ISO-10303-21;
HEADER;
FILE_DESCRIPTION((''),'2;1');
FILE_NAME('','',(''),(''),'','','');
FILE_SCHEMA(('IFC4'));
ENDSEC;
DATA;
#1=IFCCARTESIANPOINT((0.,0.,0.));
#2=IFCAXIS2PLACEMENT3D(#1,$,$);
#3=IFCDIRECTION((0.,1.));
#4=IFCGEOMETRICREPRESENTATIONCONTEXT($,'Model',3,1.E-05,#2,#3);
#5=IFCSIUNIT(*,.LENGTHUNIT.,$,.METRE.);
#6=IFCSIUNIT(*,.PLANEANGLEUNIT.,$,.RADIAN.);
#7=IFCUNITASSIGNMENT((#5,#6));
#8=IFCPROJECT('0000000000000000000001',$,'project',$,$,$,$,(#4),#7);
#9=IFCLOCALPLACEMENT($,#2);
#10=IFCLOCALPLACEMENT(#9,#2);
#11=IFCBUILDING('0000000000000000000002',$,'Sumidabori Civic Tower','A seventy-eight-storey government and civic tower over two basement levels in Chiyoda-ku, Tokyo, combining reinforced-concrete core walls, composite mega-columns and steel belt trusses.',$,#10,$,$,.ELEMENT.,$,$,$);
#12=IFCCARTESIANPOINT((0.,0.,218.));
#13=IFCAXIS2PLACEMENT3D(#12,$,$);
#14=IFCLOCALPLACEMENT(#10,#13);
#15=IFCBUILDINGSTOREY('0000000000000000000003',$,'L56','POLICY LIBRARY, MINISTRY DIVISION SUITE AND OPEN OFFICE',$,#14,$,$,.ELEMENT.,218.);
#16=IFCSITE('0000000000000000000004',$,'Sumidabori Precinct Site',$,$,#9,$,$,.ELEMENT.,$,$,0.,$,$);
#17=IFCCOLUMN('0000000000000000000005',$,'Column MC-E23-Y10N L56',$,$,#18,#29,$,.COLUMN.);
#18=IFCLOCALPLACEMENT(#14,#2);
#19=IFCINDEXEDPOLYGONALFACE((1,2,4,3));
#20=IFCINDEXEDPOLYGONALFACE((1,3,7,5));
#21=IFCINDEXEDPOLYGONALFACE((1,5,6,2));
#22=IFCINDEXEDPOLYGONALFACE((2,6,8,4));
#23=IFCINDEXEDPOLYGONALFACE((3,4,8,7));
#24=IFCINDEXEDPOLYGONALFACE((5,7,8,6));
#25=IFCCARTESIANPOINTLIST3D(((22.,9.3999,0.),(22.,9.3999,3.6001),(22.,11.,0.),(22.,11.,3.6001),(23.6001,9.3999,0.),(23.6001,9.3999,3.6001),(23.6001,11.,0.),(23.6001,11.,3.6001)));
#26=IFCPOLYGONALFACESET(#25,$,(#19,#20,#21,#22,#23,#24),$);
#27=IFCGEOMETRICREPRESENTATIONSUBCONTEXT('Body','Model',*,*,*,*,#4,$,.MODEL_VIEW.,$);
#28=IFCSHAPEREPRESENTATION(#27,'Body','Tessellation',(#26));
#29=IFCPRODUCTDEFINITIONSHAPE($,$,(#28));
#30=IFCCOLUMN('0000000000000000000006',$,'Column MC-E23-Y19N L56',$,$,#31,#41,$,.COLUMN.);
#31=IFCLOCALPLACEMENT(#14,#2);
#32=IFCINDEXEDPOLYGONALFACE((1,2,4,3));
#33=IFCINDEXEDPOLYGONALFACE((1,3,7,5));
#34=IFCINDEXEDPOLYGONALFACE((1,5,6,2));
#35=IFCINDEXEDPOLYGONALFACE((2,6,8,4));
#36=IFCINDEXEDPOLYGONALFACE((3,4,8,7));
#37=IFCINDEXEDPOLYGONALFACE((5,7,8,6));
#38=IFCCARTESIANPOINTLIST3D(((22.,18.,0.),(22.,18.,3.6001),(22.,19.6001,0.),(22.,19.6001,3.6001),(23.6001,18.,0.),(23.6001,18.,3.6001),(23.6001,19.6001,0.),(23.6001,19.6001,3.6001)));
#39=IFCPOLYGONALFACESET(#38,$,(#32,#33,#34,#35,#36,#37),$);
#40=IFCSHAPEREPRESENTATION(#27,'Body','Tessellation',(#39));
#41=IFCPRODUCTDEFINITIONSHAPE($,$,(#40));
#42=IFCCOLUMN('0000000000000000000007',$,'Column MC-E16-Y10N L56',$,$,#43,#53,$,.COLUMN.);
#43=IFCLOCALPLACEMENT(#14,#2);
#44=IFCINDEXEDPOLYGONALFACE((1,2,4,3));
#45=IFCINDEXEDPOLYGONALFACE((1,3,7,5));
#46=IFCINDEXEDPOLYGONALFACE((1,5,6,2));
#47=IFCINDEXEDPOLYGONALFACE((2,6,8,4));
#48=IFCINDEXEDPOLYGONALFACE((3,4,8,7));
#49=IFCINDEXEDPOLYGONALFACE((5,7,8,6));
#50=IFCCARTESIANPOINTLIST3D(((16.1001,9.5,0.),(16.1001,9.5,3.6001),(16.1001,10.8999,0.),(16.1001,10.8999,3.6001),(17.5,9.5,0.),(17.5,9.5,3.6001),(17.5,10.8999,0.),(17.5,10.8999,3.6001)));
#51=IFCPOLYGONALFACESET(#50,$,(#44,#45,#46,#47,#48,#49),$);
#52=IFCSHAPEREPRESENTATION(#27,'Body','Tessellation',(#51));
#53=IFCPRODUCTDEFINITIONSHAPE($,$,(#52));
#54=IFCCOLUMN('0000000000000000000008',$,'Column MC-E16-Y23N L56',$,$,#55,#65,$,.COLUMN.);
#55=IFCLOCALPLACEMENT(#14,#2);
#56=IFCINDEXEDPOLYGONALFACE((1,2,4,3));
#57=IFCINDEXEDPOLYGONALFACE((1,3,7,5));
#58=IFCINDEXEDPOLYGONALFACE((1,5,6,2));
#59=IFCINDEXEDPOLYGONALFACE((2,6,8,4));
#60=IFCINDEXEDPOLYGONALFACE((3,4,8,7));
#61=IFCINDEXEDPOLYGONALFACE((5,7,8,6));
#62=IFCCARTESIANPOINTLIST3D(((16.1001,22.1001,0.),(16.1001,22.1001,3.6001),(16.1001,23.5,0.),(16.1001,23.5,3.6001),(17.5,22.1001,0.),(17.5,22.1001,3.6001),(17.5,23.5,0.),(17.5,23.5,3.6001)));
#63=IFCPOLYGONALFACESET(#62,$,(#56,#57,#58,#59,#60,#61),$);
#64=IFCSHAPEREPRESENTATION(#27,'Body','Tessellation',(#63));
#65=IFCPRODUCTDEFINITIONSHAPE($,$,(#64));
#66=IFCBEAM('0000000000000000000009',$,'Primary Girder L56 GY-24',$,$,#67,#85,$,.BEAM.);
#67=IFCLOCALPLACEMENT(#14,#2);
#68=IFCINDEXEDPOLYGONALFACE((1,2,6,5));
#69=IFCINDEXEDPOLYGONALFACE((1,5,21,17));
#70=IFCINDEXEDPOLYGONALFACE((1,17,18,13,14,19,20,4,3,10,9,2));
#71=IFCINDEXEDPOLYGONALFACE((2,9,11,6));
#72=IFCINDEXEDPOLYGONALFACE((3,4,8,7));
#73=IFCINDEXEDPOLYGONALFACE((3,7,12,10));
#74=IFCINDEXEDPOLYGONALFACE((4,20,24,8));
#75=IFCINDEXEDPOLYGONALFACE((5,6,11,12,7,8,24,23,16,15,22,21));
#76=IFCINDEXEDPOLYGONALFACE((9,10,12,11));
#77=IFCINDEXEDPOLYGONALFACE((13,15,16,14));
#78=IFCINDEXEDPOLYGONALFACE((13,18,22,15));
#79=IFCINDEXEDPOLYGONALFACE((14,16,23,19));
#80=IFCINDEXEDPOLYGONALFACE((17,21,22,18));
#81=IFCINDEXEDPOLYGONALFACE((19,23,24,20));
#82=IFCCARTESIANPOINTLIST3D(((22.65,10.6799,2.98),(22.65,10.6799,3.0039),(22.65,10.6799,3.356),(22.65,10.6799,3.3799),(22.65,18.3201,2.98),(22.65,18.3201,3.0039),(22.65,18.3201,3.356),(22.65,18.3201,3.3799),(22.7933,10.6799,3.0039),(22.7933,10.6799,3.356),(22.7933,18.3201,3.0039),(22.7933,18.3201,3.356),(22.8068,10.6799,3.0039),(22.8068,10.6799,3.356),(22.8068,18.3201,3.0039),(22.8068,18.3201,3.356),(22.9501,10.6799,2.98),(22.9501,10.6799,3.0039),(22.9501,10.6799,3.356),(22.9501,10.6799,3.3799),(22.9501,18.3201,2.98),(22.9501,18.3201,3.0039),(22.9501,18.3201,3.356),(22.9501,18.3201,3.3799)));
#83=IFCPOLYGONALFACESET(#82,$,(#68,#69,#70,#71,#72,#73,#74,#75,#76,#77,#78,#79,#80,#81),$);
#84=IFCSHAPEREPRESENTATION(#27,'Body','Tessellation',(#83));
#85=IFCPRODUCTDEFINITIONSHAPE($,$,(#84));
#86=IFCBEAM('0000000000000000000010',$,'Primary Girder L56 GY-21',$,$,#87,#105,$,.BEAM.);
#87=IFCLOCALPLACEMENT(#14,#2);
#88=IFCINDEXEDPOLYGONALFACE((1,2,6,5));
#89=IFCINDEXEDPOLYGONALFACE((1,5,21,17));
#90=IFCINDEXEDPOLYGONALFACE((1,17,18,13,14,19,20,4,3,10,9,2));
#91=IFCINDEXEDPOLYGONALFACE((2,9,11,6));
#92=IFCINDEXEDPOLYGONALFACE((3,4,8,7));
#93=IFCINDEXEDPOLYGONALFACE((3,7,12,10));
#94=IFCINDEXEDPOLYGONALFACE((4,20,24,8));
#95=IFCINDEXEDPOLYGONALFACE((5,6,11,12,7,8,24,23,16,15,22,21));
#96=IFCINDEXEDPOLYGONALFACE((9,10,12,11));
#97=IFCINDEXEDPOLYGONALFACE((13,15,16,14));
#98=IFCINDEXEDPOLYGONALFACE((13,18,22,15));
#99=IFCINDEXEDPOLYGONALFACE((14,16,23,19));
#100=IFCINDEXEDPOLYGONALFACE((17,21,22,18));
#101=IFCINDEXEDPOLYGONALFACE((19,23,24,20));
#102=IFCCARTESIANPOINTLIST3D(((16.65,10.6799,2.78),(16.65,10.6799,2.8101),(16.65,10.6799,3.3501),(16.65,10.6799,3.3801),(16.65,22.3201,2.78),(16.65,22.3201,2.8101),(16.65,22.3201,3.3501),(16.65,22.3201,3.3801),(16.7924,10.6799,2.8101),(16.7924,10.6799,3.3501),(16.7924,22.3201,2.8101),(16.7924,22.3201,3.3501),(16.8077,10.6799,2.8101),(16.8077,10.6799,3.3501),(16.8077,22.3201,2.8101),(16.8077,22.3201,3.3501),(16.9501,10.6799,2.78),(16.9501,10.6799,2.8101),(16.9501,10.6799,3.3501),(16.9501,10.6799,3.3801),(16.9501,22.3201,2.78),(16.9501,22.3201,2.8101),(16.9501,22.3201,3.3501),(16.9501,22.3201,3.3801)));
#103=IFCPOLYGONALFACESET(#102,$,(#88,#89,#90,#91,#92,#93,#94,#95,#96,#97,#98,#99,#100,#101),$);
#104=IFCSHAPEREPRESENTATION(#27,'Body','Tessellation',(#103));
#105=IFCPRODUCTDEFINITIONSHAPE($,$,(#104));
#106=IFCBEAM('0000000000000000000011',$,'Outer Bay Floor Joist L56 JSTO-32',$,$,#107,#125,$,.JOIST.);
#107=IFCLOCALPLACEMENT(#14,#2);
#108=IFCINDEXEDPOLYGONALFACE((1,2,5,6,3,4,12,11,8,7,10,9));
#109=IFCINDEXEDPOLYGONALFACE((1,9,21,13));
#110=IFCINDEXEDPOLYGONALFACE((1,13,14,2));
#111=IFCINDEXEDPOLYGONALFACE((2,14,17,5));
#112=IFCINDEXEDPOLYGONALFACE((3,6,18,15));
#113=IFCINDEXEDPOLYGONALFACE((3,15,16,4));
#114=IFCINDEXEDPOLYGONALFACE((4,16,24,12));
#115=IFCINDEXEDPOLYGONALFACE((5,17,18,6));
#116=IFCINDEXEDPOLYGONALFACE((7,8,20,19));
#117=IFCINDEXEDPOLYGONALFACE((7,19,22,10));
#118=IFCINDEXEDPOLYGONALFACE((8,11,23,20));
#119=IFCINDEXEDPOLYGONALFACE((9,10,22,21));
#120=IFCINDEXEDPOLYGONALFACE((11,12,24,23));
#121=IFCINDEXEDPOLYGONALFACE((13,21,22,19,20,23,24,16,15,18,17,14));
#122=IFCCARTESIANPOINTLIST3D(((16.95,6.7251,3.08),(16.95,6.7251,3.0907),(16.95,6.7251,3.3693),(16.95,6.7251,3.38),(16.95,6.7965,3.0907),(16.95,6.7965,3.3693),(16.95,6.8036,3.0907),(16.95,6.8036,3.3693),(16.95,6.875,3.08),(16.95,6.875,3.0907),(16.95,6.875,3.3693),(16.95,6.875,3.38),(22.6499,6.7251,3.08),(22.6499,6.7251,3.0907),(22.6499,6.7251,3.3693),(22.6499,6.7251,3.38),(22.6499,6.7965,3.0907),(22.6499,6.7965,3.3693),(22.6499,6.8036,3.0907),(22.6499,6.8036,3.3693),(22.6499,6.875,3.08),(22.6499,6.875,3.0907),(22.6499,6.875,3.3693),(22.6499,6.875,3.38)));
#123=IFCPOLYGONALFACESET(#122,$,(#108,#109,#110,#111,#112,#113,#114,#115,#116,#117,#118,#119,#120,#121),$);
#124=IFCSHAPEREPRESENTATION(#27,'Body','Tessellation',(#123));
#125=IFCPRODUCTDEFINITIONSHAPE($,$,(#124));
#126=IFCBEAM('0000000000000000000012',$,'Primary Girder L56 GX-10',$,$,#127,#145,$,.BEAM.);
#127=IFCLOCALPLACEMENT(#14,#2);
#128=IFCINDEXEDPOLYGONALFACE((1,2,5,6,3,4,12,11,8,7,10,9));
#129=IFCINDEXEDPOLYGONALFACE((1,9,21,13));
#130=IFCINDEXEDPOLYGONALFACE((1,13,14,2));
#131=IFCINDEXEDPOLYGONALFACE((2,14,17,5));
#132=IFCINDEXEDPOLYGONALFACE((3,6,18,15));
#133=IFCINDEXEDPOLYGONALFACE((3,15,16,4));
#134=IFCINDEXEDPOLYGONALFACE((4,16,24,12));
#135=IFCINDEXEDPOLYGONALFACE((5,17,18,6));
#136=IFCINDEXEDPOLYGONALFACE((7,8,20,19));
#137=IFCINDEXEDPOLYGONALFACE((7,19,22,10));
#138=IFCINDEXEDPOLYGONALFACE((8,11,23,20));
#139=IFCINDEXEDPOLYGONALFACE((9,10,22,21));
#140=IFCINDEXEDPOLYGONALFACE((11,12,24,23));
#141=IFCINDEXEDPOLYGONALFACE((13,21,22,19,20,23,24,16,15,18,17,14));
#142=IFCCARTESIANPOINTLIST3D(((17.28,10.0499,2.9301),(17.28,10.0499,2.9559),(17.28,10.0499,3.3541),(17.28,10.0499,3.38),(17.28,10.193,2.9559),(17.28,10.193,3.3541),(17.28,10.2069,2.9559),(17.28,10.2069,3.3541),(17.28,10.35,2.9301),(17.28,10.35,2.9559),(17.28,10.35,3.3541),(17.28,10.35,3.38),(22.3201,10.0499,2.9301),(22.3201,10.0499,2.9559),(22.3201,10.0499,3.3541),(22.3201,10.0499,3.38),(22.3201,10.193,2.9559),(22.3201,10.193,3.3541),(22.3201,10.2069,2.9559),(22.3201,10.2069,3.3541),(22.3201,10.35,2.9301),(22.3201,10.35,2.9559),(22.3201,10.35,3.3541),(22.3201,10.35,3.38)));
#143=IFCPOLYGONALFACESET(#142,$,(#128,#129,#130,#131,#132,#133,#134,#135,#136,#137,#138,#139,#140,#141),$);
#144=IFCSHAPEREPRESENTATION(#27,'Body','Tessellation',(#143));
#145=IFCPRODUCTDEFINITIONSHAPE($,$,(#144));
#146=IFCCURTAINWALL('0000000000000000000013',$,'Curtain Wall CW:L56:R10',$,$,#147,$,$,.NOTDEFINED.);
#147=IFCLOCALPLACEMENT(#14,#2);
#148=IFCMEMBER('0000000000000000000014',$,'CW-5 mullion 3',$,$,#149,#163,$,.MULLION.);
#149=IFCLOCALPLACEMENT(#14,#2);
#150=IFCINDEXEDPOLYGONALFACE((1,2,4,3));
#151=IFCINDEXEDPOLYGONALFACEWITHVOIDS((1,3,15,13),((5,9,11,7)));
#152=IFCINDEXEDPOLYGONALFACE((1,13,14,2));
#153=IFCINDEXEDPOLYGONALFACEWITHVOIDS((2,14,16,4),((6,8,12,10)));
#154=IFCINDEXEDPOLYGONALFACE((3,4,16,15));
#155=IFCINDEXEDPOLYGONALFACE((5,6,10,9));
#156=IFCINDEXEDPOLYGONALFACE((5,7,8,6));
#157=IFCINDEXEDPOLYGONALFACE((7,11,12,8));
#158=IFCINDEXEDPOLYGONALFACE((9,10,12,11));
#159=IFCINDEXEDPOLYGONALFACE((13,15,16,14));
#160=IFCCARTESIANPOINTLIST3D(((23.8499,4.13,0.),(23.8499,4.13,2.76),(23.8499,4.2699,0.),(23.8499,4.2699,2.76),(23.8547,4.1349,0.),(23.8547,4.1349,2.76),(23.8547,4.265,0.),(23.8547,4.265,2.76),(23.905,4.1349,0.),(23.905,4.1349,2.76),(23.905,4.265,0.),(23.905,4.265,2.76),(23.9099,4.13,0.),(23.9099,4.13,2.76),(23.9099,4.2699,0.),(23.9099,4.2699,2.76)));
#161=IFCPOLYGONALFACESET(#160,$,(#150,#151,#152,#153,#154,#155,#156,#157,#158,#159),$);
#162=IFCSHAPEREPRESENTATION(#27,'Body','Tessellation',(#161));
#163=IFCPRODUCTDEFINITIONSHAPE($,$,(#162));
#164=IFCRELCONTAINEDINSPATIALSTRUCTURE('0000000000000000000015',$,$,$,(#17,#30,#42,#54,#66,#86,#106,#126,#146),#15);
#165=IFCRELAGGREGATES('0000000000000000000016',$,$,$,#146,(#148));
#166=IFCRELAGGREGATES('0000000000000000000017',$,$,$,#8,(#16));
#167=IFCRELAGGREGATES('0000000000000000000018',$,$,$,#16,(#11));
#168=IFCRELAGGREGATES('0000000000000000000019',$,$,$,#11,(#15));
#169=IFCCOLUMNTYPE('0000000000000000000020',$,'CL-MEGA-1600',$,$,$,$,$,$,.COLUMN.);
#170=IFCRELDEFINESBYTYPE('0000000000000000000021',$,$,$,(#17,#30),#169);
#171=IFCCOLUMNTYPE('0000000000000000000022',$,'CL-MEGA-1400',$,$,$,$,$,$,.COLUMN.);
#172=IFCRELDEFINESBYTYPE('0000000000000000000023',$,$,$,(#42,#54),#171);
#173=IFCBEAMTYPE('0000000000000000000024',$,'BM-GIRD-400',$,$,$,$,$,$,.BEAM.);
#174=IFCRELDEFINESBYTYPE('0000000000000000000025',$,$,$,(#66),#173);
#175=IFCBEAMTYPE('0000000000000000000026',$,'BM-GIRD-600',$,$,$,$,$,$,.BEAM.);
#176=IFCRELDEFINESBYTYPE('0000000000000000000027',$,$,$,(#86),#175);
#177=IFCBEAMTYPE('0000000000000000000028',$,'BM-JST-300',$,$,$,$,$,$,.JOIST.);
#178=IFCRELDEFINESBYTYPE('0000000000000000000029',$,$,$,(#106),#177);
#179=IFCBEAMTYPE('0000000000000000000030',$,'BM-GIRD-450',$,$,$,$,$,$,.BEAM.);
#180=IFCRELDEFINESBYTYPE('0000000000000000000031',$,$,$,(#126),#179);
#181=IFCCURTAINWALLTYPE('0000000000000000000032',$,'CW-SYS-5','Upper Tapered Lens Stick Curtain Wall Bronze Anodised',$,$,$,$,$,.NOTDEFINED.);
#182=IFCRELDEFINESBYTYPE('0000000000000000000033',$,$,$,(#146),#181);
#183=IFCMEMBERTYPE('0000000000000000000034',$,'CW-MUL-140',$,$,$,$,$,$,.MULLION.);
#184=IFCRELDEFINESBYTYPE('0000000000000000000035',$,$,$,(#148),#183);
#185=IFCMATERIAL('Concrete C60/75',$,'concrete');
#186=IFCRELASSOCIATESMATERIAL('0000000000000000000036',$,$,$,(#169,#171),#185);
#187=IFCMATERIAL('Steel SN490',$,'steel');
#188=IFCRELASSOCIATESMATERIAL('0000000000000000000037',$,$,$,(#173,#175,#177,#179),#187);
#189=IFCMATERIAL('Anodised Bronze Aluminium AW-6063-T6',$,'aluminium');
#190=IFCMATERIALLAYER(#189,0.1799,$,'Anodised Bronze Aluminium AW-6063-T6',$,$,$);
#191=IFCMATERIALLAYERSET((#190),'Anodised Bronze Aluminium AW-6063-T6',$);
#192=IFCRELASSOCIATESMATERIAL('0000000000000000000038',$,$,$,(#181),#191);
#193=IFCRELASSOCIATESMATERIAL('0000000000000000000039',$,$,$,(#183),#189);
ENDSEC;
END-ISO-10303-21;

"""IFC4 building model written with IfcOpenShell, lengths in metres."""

from ifc_helpers import new_model, si_unit, direction, frame, origin, origin_2d, place, context, subcontext, project, spatial, rectangle, hollow_rectangle, i_section, extrude, source, transform, mapped, material, layer, layer_set, material_profile, profile_set, type_object, element, aggregate, save


model = new_model("IFC4")

# Units and contexts
model_context = context("Model", 3, precision=1e-05, world=origin(), true_north=direction((0.0, 1.0)))
body_context = subcontext(model_context, "Body", "Model", "MODEL_VIEW")
ifc_project = project(units=[si_unit("LENGTHUNIT", "METRE"), si_unit("PLANEANGLEUNIT", "RADIAN")], contexts=[model_context])

# Site, building, storey
site_placement = place(None, origin())
site = spatial("IfcSite", under=ifc_project, at=site_placement, Name="Sumidabori Precinct Site", CompositionType="ELEMENT", RefElevation=0.0)
building_placement = place(site_placement, origin())
building = spatial("IfcBuilding", under=site, at=building_placement, Name="Sumidabori Civic Tower", Description="A seventy-eight-storey government and civic tower over two basement levels in Chiyoda-ku, Tokyo, combining reinforced-concrete core walls, composite mega-columns and steel belt trusses.", CompositionType="ELEMENT")
storey_placement = place(building_placement, frame((0.0, 0.0, 218.0)))
storey = spatial("IfcBuildingStorey", under=building, at=storey_placement, Name="L56", Description="POLICY LIBRARY, MINISTRY DIVISION SUITE AND OPEN OFFICE", CompositionType="ELEMENT", Elevation=218.0)

# Columns
ifc_material_1 = material(Name="Concrete C60/75", Category="concrete")
ifc_material_profile_1 = material_profile(ifc_material_1, rectangle(XDim=1.6001, YDim=1.6001, at=origin_2d()), Name="RC 1600x1600")
ifc_profile_set_1 = profile_set([ifc_material_profile_1], Name="Concrete C60/75")
column_type_1 = type_object("IfcColumnType", Name="CL-MEGA-1600", PredefinedType="COLUMN", material=ifc_profile_set_1)
shared_shape_1 = source(origin(), body_context, "Body", "SweptSolid", [
    extrude(rectangle(XDim=1.6001, YDim=1.6001, at=origin_2d()), origin(), (0.0, 0.0, 1.0), 3.6001),
])
for number, where, z_axis, x_axis, name in (
    (1, (22.8, 10.2, 0.0), (0.0, 0.0, 1.0), (1.0, 0.0, 0.0), "Column MC-E23-Y10N L56"),
    (2, (22.8, 18.8, 0.0), (0.0, 0.0, 1.0), (1.0, 0.0, 0.0), "Column MC-E23-Y19N L56"),
):
    element("IfcColumn", number, at=place(storey_placement, frame(where, z_axis=z_axis, x_axis=x_axis)), inside=storey, type_object=column_type_1, Name=name, PredefinedType="COLUMN", context=body_context, shape_type="MappedRepresentation", body=[
        mapped(shared_shape_1, transform((0.0, 0.0, 0.0), x_axis=(1.0, 0.0, 0.0), y_axis=(0.0, 1.0, 0.0), z_axis=(0.0, 0.0, 1.0), scale=1.0)),
    ])
ifc_material_profile_2 = material_profile(ifc_material_1, rectangle(XDim=1.3999, YDim=1.3999, at=origin_2d()), Name="RC 1400x1400")
ifc_profile_set_2 = profile_set([ifc_material_profile_2], Name="Concrete C60/75")
column_type_2 = type_object("IfcColumnType", Name="CL-MEGA-1400", PredefinedType="COLUMN", material=ifc_profile_set_2)
shared_shape_2 = source(origin(), body_context, "Body", "SweptSolid", [
    extrude(rectangle(XDim=1.3999, YDim=1.3999, at=origin_2d()), origin(), (0.0, 0.0, 1.0), 3.6001),
])
for number, where, z_axis, x_axis, name in (
    (3, (16.8, 10.2, 0.0), (0.0, 0.0, 1.0), (1.0, 0.0, 0.0), "Column MC-E16-Y10N L56"),
    (4, (16.8, 22.8, 0.0), (0.0, 0.0, 1.0), (1.0, 0.0, 0.0), "Column MC-E16-Y23N L56"),
):
    element("IfcColumn", number, at=place(storey_placement, frame(where, z_axis=z_axis, x_axis=x_axis)), inside=storey, type_object=column_type_2, Name=name, PredefinedType="COLUMN", context=body_context, shape_type="MappedRepresentation", body=[
        mapped(shared_shape_2, transform((0.0, 0.0, 0.0), x_axis=(1.0, 0.0, 0.0), y_axis=(0.0, 1.0, 0.0), z_axis=(0.0, 0.0, 1.0), scale=1.0)),
    ])

# Beams
ifc_material_2 = material(Name="Steel SN490", Category="steel")
ifc_material_profile_3 = material_profile(ifc_material_2, i_section(OverallWidth=0.3, OverallDepth=0.3999, WebThickness=0.0134, FlangeThickness=0.0239, at=origin_2d()), Name="HE 400 B")
ifc_profile_set_3 = profile_set([ifc_material_profile_3], Name="Steel SN490")
beam_type_1 = type_object("IfcBeamType", Name="BM-GIRD-400", PredefinedType="BEAM", material=ifc_profile_set_3)
shared_shape_3 = source(origin(), body_context, "Body", "SweptSolid", [
    extrude(i_section(OverallWidth=0.3, OverallDepth=0.3999, WebThickness=0.0134, FlangeThickness=0.0239, at=origin_2d()), origin(), (0.0, 0.0, 1.0), 7.6401),
])
beam_1_placement = place(storey_placement, frame((22.8, 10.6799, 3.1799), z_axis=(0.0, 1.0, 0.0), x_axis=(-1.0, 0.0, 0.0)))
element("IfcBeam", 5, at=beam_1_placement, inside=storey, type_object=beam_type_1, Name="Primary Girder L56 GY-24", PredefinedType="BEAM", context=body_context, shape_type="MappedRepresentation", body=[
    mapped(shared_shape_3, transform((0.0, 0.0, 0.0), x_axis=(1.0, 0.0, 0.0), y_axis=(0.0, 1.0, 0.0), z_axis=(0.0, 0.0, 1.0), scale=1.0)),
])
ifc_material_profile_4 = material_profile(ifc_material_2, i_section(OverallWidth=0.3, OverallDepth=0.6001, WebThickness=0.0154, FlangeThickness=0.03, at=origin_2d()), Name="HE 600 B")
ifc_profile_set_4 = profile_set([ifc_material_profile_4], Name="Steel SN490")
beam_type_2 = type_object("IfcBeamType", Name="BM-GIRD-600", PredefinedType="BEAM", material=ifc_profile_set_4)
shared_shape_4 = source(origin(), body_context, "Body", "SweptSolid", [
    extrude(i_section(OverallWidth=0.3, OverallDepth=0.6001, WebThickness=0.0154, FlangeThickness=0.03, at=origin_2d()), origin(), (0.0, 0.0, 1.0), 11.6401),
])
beam_2_placement = place(storey_placement, frame((16.8, 10.6799, 3.0801), z_axis=(0.0, 1.0, 0.0), x_axis=(-1.0, 0.0, 0.0)))
element("IfcBeam", 6, at=beam_2_placement, inside=storey, type_object=beam_type_2, Name="Primary Girder L56 GY-21", PredefinedType="BEAM", context=body_context, shape_type="MappedRepresentation", body=[
    mapped(shared_shape_4, transform((0.0, 0.0, 0.0), x_axis=(1.0, 0.0, 0.0), y_axis=(0.0, 1.0, 0.0), z_axis=(0.0, 0.0, 1.0), scale=1.0)),
])
ifc_material_profile_5 = material_profile(ifc_material_2, i_section(OverallWidth=0.1499, OverallDepth=0.3, WebThickness=0.0071, FlangeThickness=0.0107, at=origin_2d()), Name="IPE 300")
ifc_profile_set_5 = profile_set([ifc_material_profile_5], Name="Steel SN490")
beam_type_3 = type_object("IfcBeamType", Name="BM-JST-300", PredefinedType="JOIST", material=ifc_profile_set_5)
shared_shape_5 = source(origin(), body_context, "Body", "SweptSolid", [
    extrude(i_section(OverallWidth=0.1499, OverallDepth=0.3, WebThickness=0.0071, FlangeThickness=0.0107, at=origin_2d()), origin(), (0.0, 0.0, 1.0), 5.7),
])
beam_3_placement = place(storey_placement, frame((16.95, 6.8, 3.23), z_axis=(1.0, 0.0, 0.0), x_axis=(0.0, 1.0, 0.0)))
element("IfcBeam", 7, at=beam_3_placement, inside=storey, type_object=beam_type_3, Name="Outer Bay Floor Joist L56 JSTO-32", PredefinedType="JOIST", context=body_context, shape_type="MappedRepresentation", body=[
    mapped(shared_shape_5, transform((0.0, 0.0, 0.0), x_axis=(1.0, 0.0, 0.0), y_axis=(0.0, 1.0, 0.0), z_axis=(0.0, 0.0, 1.0), scale=1.0)),
])
ifc_material_profile_6 = material_profile(ifc_material_2, i_section(OverallWidth=0.3, OverallDepth=0.45, WebThickness=0.0139, FlangeThickness=0.0259, at=origin_2d()), Name="HE 450 B")
ifc_profile_set_6 = profile_set([ifc_material_profile_6], Name="Steel SN490")
beam_type_4 = type_object("IfcBeamType", Name="BM-GIRD-450", PredefinedType="BEAM", material=ifc_profile_set_6)
shared_shape_6 = source(origin(), body_context, "Body", "SweptSolid", [
    extrude(i_section(OverallWidth=0.3, OverallDepth=0.45, WebThickness=0.0139, FlangeThickness=0.0259, at=origin_2d()), origin(), (0.0, 0.0, 1.0), 5.04),
])
beam_4_placement = place(storey_placement, frame((17.28, 10.2, 3.155), z_axis=(1.0, 0.0, 0.0), x_axis=(0.0, 1.0, 0.0)))
element("IfcBeam", 8, at=beam_4_placement, inside=storey, type_object=beam_type_4, Name="Primary Girder L56 GX-10", PredefinedType="BEAM", context=body_context, shape_type="MappedRepresentation", body=[
    mapped(shared_shape_6, transform((0.0, 0.0, 0.0), x_axis=(1.0, 0.0, 0.0), y_axis=(0.0, 1.0, 0.0), z_axis=(0.0, 0.0, 1.0), scale=1.0)),
])

# Curtain wall, member
ifc_material_3 = material(Name="Anodised Bronze Aluminium AW-6063-T6", Category="aluminium")
ifc_layer_1 = layer(ifc_material_3, 0.1799, Name="Anodised Bronze Aluminium AW-6063-T6")
ifc_layer_set_1 = layer_set([ifc_layer_1], Name="Anodised Bronze Aluminium AW-6063-T6")
curtain_wall_type = type_object("IfcCurtainWallType", Name="CW-SYS-5", Description="Upper Tapered Lens Stick Curtain Wall Bronze Anodised", PredefinedType="NOTDEFINED", material=ifc_layer_set_1)
curtain_wall_1_placement = place(storey_placement, origin())
curtain_wall_1 = element("IfcCurtainWall", 9, at=curtain_wall_1_placement, inside=storey, type_object=curtain_wall_type, Name="Curtain Wall CW:L56:R10", PredefinedType="NOTDEFINED")
ifc_material_profile_7 = material_profile(ifc_material_3, hollow_rectangle(XDim=0.0601, YDim=0.1399, WallThickness=0.0049, at=origin_2d()), Name="ALU MULLION 140x60")
ifc_profile_set_7 = profile_set([ifc_material_profile_7], Name="Anodised Bronze Aluminium AW-6063-T6")
member_type_1 = type_object("IfcMemberType", Name="CW-MUL-140", PredefinedType="MULLION", material=ifc_profile_set_7)
shared_shape_7 = source(origin(), body_context, "Body", "SweptSolid", [
    extrude(hollow_rectangle(XDim=0.0601, YDim=0.1399, WallThickness=0.0049, at=origin_2d()), origin(), (0.0, 0.0, 1.0), 2.76),
])
member_1_placement = place(storey_placement, frame((23.8799, 4.2, 0.0), z_axis=(0.0, 0.0, 1.0), x_axis=(-1.0, 0.0, 0.0)))
member_1 = element("IfcMember", 10, at=member_1_placement, type_object=member_type_1, Name="CW-5 mullion 3", PredefinedType="MULLION", context=body_context, shape_type="MappedRepresentation", body=[
    mapped(shared_shape_7, transform((0.0, 0.0, 0.0), x_axis=(1.0, 0.0, 0.0), y_axis=(0.0, 1.0, 0.0), z_axis=(0.0, 0.0, 1.0), scale=1.0)),
])

aggregate(curtain_wall_1, [member_1])

save(model, "model.ifc")
